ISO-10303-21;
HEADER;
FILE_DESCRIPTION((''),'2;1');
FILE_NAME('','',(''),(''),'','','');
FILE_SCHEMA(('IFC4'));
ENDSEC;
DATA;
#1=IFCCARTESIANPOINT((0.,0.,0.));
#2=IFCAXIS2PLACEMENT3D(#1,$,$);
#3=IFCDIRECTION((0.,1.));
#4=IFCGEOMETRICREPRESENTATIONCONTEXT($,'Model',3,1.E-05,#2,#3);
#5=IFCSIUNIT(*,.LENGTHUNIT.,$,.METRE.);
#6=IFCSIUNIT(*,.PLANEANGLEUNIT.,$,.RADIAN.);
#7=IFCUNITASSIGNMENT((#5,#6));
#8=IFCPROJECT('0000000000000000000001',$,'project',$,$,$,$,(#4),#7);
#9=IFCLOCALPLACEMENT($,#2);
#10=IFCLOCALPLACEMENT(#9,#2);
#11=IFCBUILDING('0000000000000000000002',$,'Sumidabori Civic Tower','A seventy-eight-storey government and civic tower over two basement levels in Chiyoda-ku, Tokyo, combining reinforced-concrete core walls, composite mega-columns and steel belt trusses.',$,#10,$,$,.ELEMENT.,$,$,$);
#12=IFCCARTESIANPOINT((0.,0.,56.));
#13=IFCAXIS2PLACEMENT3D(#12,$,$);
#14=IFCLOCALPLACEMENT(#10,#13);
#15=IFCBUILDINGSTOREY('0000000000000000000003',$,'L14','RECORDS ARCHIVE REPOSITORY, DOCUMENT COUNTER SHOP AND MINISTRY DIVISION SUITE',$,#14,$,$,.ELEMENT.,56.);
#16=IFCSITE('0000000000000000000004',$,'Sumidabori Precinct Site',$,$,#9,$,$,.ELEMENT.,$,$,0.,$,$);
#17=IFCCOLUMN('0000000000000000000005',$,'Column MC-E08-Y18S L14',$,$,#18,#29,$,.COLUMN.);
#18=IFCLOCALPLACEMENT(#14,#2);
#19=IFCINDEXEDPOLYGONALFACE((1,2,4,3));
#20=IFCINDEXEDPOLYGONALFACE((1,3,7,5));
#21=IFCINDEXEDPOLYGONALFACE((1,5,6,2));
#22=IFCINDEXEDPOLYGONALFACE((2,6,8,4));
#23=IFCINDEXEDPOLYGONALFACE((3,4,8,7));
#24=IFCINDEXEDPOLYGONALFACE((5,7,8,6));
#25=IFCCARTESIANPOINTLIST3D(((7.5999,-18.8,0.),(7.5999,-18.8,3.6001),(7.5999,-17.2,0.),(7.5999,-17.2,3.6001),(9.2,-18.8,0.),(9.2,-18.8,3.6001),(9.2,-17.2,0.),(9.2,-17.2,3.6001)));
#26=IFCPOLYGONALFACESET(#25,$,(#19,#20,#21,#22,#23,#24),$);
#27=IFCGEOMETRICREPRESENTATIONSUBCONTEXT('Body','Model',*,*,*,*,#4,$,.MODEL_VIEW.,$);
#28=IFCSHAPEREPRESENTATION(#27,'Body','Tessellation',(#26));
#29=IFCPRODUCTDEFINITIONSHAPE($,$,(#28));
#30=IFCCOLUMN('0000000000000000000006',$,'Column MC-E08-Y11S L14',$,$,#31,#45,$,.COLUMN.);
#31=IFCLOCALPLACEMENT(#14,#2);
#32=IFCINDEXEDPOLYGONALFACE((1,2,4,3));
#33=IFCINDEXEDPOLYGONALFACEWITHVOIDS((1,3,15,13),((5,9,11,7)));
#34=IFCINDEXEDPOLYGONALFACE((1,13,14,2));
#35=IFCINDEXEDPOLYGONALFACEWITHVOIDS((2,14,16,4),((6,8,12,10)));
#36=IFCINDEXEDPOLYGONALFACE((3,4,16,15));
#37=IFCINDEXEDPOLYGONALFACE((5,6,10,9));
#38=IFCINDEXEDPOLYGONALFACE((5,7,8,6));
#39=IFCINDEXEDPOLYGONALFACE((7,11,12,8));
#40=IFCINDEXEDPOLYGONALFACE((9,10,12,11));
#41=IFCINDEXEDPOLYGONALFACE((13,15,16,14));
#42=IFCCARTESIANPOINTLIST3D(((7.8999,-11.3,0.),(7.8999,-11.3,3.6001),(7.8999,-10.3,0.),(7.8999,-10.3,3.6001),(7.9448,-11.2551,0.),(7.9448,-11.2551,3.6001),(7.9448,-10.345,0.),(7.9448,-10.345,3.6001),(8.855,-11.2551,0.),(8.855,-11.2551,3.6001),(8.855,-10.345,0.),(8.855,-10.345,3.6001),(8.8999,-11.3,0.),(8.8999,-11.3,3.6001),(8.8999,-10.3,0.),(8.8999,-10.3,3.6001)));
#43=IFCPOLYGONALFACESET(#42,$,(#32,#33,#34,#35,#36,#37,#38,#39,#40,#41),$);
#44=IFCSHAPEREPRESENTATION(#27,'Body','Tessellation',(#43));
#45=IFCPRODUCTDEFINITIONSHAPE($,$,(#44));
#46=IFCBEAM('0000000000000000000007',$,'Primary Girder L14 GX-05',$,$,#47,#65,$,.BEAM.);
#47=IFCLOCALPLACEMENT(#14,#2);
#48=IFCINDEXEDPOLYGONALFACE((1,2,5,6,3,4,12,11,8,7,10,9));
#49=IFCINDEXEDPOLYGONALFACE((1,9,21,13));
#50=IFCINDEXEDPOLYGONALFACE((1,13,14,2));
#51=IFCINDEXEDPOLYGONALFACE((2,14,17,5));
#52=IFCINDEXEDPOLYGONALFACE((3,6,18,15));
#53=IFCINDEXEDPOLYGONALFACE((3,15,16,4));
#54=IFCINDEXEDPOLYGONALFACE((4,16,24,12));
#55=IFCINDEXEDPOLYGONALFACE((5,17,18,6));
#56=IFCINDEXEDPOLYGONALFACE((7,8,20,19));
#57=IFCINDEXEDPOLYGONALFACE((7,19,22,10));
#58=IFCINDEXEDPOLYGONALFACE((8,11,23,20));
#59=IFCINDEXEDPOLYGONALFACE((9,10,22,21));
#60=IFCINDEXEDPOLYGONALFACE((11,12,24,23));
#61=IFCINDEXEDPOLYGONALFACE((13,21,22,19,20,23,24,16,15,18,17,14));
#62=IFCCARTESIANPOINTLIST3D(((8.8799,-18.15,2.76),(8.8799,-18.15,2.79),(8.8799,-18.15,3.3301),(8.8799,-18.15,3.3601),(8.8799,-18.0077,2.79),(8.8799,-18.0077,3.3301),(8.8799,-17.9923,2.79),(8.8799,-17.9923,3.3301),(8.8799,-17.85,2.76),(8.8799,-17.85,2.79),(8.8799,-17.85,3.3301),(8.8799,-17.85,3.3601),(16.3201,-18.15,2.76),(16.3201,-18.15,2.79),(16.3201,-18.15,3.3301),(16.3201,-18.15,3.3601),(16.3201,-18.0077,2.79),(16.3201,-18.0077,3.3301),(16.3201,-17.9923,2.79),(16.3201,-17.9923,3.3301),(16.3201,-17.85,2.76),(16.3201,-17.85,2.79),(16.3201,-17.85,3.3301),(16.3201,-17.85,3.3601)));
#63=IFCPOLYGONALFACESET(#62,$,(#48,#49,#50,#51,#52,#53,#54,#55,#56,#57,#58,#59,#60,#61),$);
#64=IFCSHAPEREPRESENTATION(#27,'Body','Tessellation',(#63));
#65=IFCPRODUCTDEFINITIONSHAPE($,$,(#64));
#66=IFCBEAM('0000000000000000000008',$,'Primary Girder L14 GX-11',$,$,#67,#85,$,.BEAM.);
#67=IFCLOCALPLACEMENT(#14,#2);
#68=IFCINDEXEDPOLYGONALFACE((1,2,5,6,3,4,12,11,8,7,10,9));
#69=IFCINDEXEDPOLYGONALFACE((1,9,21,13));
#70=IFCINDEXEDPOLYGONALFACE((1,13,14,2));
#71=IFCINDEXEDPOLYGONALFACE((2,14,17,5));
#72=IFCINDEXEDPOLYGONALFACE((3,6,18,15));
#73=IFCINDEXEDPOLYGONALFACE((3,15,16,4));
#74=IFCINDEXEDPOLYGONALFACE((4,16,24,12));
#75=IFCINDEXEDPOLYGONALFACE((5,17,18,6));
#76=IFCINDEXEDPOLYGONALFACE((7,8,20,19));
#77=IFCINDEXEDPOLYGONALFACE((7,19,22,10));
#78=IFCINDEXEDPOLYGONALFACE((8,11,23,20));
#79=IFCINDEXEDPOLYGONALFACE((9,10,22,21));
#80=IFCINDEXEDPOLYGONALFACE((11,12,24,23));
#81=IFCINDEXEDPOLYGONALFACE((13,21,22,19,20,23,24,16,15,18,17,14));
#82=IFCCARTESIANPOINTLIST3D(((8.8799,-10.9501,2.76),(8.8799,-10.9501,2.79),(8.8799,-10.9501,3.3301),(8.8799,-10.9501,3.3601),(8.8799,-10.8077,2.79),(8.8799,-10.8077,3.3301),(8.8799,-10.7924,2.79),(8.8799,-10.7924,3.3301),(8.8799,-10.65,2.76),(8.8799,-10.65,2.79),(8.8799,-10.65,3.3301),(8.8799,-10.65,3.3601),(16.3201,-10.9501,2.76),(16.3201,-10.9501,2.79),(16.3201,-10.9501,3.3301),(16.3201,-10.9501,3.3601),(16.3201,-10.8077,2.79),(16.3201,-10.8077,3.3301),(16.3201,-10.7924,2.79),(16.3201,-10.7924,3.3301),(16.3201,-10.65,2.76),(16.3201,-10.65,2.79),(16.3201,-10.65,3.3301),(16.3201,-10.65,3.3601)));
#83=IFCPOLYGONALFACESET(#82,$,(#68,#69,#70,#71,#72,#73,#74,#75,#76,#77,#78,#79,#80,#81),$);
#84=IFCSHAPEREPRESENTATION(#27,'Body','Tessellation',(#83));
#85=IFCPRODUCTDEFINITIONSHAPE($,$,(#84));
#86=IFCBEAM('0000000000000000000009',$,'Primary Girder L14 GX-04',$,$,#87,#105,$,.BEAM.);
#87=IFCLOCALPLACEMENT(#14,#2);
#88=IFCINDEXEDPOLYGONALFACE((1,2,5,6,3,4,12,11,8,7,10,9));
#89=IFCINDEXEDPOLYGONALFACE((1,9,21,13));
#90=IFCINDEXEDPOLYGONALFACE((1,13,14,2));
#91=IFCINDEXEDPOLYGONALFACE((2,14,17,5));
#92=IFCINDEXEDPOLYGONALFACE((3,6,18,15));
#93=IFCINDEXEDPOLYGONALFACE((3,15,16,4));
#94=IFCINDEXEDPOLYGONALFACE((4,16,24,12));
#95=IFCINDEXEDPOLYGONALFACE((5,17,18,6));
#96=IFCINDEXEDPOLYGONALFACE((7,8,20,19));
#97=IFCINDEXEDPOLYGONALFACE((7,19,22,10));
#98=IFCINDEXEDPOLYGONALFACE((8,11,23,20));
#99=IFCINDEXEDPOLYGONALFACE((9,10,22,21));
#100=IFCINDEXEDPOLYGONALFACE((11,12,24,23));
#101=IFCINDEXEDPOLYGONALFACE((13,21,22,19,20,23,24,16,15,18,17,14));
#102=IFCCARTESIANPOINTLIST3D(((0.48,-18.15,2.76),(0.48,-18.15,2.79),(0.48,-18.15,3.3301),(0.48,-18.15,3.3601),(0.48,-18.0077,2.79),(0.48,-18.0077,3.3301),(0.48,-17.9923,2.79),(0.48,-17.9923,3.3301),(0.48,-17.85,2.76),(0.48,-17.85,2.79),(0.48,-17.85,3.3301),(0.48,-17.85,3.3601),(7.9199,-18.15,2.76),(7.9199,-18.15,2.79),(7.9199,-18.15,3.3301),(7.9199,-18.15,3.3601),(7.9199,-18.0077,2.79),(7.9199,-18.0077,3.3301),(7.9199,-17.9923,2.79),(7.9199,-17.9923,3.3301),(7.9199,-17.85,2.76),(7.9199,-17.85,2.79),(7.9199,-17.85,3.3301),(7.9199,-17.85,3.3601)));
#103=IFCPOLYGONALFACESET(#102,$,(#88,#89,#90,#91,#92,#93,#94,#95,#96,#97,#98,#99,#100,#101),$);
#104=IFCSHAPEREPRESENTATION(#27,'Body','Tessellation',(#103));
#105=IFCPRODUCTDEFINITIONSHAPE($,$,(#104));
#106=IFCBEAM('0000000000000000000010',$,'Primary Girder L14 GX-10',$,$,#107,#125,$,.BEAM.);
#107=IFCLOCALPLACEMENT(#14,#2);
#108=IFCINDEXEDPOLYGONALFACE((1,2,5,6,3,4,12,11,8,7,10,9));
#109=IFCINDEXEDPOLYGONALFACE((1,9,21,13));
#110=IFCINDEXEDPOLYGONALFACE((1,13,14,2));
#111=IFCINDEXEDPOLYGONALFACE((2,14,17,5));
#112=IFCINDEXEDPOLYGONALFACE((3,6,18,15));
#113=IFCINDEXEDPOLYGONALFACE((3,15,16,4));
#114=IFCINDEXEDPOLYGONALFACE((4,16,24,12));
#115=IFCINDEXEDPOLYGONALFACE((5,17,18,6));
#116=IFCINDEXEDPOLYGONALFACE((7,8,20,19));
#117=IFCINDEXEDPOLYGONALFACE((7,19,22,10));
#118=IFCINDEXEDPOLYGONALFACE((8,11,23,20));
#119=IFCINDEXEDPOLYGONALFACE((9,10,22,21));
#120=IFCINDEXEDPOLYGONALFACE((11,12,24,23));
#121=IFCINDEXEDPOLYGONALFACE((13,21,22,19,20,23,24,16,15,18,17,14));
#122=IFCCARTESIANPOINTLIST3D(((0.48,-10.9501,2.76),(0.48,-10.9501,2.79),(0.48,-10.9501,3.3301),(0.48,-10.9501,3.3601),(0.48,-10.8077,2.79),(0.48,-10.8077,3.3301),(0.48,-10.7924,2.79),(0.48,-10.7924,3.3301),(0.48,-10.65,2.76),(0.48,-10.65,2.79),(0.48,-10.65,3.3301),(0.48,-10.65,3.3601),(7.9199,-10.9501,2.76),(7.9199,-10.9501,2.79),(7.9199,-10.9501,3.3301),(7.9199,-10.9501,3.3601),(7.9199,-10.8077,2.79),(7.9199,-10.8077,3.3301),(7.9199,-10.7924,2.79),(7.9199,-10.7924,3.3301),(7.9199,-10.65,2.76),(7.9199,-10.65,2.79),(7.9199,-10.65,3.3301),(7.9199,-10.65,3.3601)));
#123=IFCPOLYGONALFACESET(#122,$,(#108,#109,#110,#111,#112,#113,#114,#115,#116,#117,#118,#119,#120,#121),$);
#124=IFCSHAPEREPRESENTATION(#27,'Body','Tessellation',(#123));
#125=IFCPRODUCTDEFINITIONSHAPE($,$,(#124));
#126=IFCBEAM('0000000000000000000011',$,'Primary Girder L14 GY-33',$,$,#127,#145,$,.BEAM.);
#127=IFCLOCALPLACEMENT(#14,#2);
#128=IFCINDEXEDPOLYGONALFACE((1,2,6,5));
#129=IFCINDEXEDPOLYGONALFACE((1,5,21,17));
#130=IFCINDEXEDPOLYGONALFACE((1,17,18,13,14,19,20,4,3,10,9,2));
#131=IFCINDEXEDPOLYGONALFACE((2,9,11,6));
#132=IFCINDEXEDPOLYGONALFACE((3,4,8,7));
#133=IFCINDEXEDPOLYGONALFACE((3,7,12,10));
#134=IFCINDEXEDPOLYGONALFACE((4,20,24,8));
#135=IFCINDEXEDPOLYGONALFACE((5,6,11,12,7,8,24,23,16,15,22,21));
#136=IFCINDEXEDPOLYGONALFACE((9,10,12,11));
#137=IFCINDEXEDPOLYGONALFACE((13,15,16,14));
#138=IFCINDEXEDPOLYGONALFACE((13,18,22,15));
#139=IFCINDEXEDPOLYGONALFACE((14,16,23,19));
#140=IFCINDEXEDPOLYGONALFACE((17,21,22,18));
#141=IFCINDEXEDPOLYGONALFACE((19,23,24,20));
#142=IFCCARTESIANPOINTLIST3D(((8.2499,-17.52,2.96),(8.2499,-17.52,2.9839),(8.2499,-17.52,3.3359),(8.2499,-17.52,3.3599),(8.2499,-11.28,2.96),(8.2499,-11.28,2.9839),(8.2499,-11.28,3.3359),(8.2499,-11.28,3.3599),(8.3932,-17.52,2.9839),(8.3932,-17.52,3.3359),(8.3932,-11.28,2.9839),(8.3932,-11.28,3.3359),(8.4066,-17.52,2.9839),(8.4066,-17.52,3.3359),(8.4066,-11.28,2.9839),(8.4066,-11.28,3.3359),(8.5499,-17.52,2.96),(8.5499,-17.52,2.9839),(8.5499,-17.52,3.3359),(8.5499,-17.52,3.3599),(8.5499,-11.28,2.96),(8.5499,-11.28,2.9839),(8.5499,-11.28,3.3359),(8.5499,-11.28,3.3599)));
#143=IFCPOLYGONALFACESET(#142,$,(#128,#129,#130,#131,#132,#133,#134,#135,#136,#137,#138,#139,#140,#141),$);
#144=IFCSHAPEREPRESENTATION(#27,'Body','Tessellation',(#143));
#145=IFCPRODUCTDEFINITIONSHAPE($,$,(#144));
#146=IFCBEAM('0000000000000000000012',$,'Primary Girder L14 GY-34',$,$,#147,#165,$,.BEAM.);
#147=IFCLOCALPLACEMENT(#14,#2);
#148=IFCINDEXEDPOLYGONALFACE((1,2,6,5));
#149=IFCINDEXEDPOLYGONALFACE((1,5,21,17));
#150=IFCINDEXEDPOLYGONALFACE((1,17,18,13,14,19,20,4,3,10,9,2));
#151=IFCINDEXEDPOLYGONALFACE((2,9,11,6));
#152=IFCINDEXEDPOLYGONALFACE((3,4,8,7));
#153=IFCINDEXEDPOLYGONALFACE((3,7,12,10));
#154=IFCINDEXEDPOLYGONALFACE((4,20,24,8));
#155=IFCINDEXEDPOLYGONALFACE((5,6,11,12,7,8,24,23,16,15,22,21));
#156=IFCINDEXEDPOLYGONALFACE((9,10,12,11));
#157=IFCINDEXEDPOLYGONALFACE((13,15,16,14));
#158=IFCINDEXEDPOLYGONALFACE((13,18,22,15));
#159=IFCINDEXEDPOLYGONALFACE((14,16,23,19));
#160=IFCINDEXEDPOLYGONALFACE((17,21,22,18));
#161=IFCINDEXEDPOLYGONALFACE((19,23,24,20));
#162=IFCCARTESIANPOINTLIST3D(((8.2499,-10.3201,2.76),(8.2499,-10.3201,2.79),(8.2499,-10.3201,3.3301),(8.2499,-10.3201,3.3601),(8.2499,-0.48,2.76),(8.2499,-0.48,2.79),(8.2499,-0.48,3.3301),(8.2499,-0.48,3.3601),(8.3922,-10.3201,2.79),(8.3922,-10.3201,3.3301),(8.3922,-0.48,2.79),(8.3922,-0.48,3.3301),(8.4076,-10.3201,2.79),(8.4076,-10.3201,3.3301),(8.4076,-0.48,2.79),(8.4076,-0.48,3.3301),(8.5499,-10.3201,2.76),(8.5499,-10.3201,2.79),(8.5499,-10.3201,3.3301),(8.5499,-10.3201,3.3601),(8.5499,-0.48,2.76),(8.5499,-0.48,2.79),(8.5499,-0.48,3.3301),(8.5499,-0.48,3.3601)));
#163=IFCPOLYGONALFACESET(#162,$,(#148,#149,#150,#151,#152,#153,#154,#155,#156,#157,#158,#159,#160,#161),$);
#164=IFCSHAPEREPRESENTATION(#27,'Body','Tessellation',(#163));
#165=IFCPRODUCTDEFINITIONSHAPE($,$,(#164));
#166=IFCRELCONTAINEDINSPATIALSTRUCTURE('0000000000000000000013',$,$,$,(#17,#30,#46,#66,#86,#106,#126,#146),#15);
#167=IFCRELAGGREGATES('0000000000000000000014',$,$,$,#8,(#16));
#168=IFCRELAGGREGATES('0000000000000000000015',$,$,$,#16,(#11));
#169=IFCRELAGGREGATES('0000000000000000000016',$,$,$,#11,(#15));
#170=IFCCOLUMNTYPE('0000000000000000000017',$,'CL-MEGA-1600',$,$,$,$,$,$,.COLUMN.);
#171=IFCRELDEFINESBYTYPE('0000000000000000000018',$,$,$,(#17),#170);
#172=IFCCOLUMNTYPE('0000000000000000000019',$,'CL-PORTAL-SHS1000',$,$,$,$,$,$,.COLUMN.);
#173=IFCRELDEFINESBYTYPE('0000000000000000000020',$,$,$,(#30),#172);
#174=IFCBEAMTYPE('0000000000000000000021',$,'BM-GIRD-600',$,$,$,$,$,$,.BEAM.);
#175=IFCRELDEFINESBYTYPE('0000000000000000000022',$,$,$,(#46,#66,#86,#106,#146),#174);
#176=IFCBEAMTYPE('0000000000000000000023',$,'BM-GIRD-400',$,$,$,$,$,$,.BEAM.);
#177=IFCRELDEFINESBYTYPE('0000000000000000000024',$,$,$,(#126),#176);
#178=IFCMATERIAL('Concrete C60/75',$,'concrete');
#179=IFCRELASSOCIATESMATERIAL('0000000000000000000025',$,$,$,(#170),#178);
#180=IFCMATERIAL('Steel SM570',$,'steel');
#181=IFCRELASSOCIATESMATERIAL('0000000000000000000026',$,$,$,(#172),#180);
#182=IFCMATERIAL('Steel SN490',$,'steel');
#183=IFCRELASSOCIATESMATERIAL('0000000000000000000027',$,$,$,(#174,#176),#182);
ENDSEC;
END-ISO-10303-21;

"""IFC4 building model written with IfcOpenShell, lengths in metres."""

from ifc_helpers import new_model, si_unit, direction, frame, origin, origin_2d, place, context, subcontext, project, spatial, rectangle, hollow_rectangle, i_section, extrude, source, transform, mapped, material, material_profile, profile_set, type_object, element, save


model = new_model("IFC4")

# Units and contexts
model_context = context("Model", 3, precision=1e-05, world=origin(), true_north=direction((0.0, 1.0)))
body_context = subcontext(model_context, "Body", "Model", "MODEL_VIEW")
ifc_project = project(units=[si_unit("LENGTHUNIT", "METRE"), si_unit("PLANEANGLEUNIT", "RADIAN")], contexts=[model_context])

# Site, building, storey
site_placement = place(None, origin())
site = spatial("IfcSite", under=ifc_project, at=site_placement, Name="Sumidabori Precinct Site", CompositionType="ELEMENT", RefElevation=0.0)
building_placement = place(site_placement, origin())
building = spatial("IfcBuilding", under=site, at=building_placement, Name="Sumidabori Civic Tower", Description="A seventy-eight-storey government and civic tower over two basement levels in Chiyoda-ku, Tokyo, combining reinforced-concrete core walls, composite mega-columns and steel belt trusses.", CompositionType="ELEMENT")
storey_placement = place(building_placement, frame((0.0, 0.0, 56.0)))
storey = spatial("IfcBuildingStorey", under=building, at=storey_placement, Name="L14", Description="RECORDS ARCHIVE REPOSITORY, DOCUMENT COUNTER SHOP AND MINISTRY DIVISION SUITE", CompositionType="ELEMENT", Elevation=56.0)

# Columns
ifc_material_1 = material(Name="Concrete C60/75", Category="concrete")
ifc_material_profile_1 = material_profile(ifc_material_1, rectangle(XDim=1.6001, YDim=1.6001, at=origin_2d()), Name="RC 1600x1600")
ifc_profile_set_1 = profile_set([ifc_material_profile_1], Name="Concrete C60/75")
column_type_1 = type_object("IfcColumnType", Name="CL-MEGA-1600", PredefinedType="COLUMN", material=ifc_profile_set_1)
shared_shape_1 = source(origin(), body_context, "Body", "SweptSolid", [
    extrude(rectangle(XDim=1.6001, YDim=1.6001, at=origin_2d()), origin(), (0.0, 0.0, 1.0), 3.6001),
])
column_1_placement = place(storey_placement, frame((8.3999, -18.0, 0.0), z_axis=(0.0, 0.0, 1.0), x_axis=(1.0, 0.0, 0.0)))
element("IfcColumn", 1, at=column_1_placement, inside=storey, type_object=column_type_1, Name="Column MC-E08-Y18S L14", PredefinedType="COLUMN", context=body_context, shape_type="MappedRepresentation", body=[
    mapped(shared_shape_1, transform((0.0, 0.0, 0.0), x_axis=(1.0, 0.0, 0.0), y_axis=(0.0, 1.0, 0.0), z_axis=(0.0, 0.0, 1.0), scale=1.0)),
])
ifc_material_2 = material(Name="Steel SM570", Category="steel")
ifc_material_profile_2 = material_profile(ifc_material_2, hollow_rectangle(XDim=1.0, YDim=1.0, WallThickness=0.0449, at=origin_2d()), Name="SHS 1000x1000x45")
ifc_profile_set_2 = profile_set([ifc_material_profile_2], Name="Steel SM570")
column_type_2 = type_object("IfcColumnType", Name="CL-PORTAL-SHS1000", PredefinedType="COLUMN", material=ifc_profile_set_2)
shared_shape_2 = source(origin(), body_context, "Body", "SweptSolid", [
    extrude(hollow_rectangle(XDim=1.0, YDim=1.0, WallThickness=0.0449, at=origin_2d()), origin(), (0.0, 0.0, 1.0), 3.6001),
])
column_2_placement = place(storey_placement, frame((8.3999, -10.8, 0.0), z_axis=(0.0, 0.0, 1.0), x_axis=(1.0, 0.0, 0.0)))
element("IfcColumn", 2, at=column_2_placement, inside=storey, type_object=column_type_2, Name="Column MC-E08-Y11S L14", PredefinedType="COLUMN", context=body_context, shape_type="MappedRepresentation", body=[
    mapped(shared_shape_2, transform((0.0, 0.0, 0.0), x_axis=(1.0, 0.0, 0.0), y_axis=(0.0, 1.0, 0.0), z_axis=(0.0, 0.0, 1.0), scale=1.0)),
])

# Beams
ifc_material_3 = material(Name="Steel SN490", Category="steel")
ifc_material_profile_3 = material_profile(ifc_material_3, i_section(OverallWidth=0.3, OverallDepth=0.6001, WebThickness=0.0154, FlangeThickness=0.03, at=origin_2d()), Name="HE 600 B")
ifc_profile_set_3 = profile_set([ifc_material_profile_3], Name="Steel SN490")
beam_type_1 = type_object("IfcBeamType", Name="BM-GIRD-600", PredefinedType="BEAM", material=ifc_profile_set_3)
shared_shape_3 = source(origin(), body_context, "Body", "SweptSolid", [
    extrude(i_section(OverallWidth=0.3, OverallDepth=0.6001, WebThickness=0.0154, FlangeThickness=0.03, at=origin_2d()), origin(), (0.0, 0.0, 1.0), 7.4402),
])
for number, where, z_axis, x_axis, name in (
    (3, (8.8799, -18.0, 3.0601), (1.0, 0.0, 0.0), (0.0, 1.0, 0.0), "Primary Girder L14 GX-05"),
    (4, (8.8799, -10.8, 3.0601), (1.0, 0.0, 0.0), (0.0, 1.0, 0.0), "Primary Girder L14 GX-11"),
):
    element("IfcBeam", number, at=place(storey_placement, frame(where, z_axis=z_axis, x_axis=x_axis)), inside=storey, type_object=beam_type_1, Name=name, PredefinedType="BEAM", context=body_context, shape_type="MappedRepresentation", body=[
        mapped(shared_shape_3, transform((0.0, 0.0, 0.0), x_axis=(1.0, 0.0, 0.0), y_axis=(0.0, 1.0, 0.0), z_axis=(0.0, 0.0, 1.0), scale=1.0)),
    ])
shared_shape_4 = source(origin(), body_context, "Body", "SweptSolid", [
    extrude(i_section(OverallWidth=0.3, OverallDepth=0.6001, WebThickness=0.0154, FlangeThickness=0.03, at=origin_2d()), origin(), (0.0, 0.0, 1.0), 7.4399),
])
for number, where, z_axis, x_axis, name in (
    (5, (0.48, -18.0, 3.0601), (1.0, 0.0, 0.0), (0.0, 1.0, 0.0), "Primary Girder L14 GX-04"),
    (6, (0.48, -10.8, 3.0601), (1.0, 0.0, 0.0), (0.0, 1.0, 0.0), "Primary Girder L14 GX-10"),
):
    element("IfcBeam", number, at=place(storey_placement, frame(where, z_axis=z_axis, x_axis=x_axis)), inside=storey, type_object=beam_type_1, Name=name, PredefinedType="BEAM", context=body_context, shape_type="MappedRepresentation", body=[
        mapped(shared_shape_4, transform((0.0, 0.0, 0.0), x_axis=(1.0, 0.0, 0.0), y_axis=(0.0, 1.0, 0.0), z_axis=(0.0, 0.0, 1.0), scale=1.0)),
    ])
ifc_material_profile_4 = material_profile(ifc_material_3, i_section(OverallWidth=0.3, OverallDepth=0.3999, WebThickness=0.0134, FlangeThickness=0.0239, at=origin_2d()), Name="HE 400 B")
ifc_profile_set_4 = profile_set([ifc_material_profile_4], Name="Steel SN490")
beam_type_2 = type_object("IfcBeamType", Name="BM-GIRD-400", PredefinedType="BEAM", material=ifc_profile_set_4)
shared_shape_5 = source(origin(), body_context, "Body", "SweptSolid", [
    extrude(i_section(OverallWidth=0.3, OverallDepth=0.3999, WebThickness=0.0134, FlangeThickness=0.0239, at=origin_2d()), origin(), (0.0, 0.0, 1.0), 6.24),
])
beam_1_placement = place(storey_placement, frame((8.3999, -17.52, 3.1599), z_axis=(0.0, 1.0, 0.0), x_axis=(-1.0, 0.0, 0.0)))
element("IfcBeam", 7, at=beam_1_placement, inside=storey, type_object=beam_type_2, Name="Primary Girder L14 GY-33", PredefinedType="BEAM", context=body_context, shape_type="MappedRepresentation", body=[
    mapped(shared_shape_5, transform((0.0, 0.0, 0.0), x_axis=(1.0, 0.0, 0.0), y_axis=(0.0, 1.0, 0.0), z_axis=(0.0, 0.0, 1.0), scale=1.0)),
])
shared_shape_6 = source(origin(), body_context, "Body", "SweptSolid", [
    extrude(i_section(OverallWidth=0.3, OverallDepth=0.6001, WebThickness=0.0154, FlangeThickness=0.03, at=origin_2d()), origin(), (0.0, 0.0, 1.0), 9.8401),
])
beam_2_placement = place(storey_placement, frame((8.3999, -10.3201, 3.0601), z_axis=(0.0, 1.0, 0.0), x_axis=(-1.0, 0.0, 0.0)))
element("IfcBeam", 8, at=beam_2_placement, inside=storey, type_object=beam_type_1, Name="Primary Girder L14 GY-34", PredefinedType="BEAM", context=body_context, shape_type="MappedRepresentation", body=[
    mapped(shared_shape_6, transform((0.0, 0.0, 0.0), x_axis=(1.0, 0.0, 0.0), y_axis=(0.0, 1.0, 0.0), z_axis=(0.0, 0.0, 1.0), scale=1.0)),
])

save(model, "model.ifc")
